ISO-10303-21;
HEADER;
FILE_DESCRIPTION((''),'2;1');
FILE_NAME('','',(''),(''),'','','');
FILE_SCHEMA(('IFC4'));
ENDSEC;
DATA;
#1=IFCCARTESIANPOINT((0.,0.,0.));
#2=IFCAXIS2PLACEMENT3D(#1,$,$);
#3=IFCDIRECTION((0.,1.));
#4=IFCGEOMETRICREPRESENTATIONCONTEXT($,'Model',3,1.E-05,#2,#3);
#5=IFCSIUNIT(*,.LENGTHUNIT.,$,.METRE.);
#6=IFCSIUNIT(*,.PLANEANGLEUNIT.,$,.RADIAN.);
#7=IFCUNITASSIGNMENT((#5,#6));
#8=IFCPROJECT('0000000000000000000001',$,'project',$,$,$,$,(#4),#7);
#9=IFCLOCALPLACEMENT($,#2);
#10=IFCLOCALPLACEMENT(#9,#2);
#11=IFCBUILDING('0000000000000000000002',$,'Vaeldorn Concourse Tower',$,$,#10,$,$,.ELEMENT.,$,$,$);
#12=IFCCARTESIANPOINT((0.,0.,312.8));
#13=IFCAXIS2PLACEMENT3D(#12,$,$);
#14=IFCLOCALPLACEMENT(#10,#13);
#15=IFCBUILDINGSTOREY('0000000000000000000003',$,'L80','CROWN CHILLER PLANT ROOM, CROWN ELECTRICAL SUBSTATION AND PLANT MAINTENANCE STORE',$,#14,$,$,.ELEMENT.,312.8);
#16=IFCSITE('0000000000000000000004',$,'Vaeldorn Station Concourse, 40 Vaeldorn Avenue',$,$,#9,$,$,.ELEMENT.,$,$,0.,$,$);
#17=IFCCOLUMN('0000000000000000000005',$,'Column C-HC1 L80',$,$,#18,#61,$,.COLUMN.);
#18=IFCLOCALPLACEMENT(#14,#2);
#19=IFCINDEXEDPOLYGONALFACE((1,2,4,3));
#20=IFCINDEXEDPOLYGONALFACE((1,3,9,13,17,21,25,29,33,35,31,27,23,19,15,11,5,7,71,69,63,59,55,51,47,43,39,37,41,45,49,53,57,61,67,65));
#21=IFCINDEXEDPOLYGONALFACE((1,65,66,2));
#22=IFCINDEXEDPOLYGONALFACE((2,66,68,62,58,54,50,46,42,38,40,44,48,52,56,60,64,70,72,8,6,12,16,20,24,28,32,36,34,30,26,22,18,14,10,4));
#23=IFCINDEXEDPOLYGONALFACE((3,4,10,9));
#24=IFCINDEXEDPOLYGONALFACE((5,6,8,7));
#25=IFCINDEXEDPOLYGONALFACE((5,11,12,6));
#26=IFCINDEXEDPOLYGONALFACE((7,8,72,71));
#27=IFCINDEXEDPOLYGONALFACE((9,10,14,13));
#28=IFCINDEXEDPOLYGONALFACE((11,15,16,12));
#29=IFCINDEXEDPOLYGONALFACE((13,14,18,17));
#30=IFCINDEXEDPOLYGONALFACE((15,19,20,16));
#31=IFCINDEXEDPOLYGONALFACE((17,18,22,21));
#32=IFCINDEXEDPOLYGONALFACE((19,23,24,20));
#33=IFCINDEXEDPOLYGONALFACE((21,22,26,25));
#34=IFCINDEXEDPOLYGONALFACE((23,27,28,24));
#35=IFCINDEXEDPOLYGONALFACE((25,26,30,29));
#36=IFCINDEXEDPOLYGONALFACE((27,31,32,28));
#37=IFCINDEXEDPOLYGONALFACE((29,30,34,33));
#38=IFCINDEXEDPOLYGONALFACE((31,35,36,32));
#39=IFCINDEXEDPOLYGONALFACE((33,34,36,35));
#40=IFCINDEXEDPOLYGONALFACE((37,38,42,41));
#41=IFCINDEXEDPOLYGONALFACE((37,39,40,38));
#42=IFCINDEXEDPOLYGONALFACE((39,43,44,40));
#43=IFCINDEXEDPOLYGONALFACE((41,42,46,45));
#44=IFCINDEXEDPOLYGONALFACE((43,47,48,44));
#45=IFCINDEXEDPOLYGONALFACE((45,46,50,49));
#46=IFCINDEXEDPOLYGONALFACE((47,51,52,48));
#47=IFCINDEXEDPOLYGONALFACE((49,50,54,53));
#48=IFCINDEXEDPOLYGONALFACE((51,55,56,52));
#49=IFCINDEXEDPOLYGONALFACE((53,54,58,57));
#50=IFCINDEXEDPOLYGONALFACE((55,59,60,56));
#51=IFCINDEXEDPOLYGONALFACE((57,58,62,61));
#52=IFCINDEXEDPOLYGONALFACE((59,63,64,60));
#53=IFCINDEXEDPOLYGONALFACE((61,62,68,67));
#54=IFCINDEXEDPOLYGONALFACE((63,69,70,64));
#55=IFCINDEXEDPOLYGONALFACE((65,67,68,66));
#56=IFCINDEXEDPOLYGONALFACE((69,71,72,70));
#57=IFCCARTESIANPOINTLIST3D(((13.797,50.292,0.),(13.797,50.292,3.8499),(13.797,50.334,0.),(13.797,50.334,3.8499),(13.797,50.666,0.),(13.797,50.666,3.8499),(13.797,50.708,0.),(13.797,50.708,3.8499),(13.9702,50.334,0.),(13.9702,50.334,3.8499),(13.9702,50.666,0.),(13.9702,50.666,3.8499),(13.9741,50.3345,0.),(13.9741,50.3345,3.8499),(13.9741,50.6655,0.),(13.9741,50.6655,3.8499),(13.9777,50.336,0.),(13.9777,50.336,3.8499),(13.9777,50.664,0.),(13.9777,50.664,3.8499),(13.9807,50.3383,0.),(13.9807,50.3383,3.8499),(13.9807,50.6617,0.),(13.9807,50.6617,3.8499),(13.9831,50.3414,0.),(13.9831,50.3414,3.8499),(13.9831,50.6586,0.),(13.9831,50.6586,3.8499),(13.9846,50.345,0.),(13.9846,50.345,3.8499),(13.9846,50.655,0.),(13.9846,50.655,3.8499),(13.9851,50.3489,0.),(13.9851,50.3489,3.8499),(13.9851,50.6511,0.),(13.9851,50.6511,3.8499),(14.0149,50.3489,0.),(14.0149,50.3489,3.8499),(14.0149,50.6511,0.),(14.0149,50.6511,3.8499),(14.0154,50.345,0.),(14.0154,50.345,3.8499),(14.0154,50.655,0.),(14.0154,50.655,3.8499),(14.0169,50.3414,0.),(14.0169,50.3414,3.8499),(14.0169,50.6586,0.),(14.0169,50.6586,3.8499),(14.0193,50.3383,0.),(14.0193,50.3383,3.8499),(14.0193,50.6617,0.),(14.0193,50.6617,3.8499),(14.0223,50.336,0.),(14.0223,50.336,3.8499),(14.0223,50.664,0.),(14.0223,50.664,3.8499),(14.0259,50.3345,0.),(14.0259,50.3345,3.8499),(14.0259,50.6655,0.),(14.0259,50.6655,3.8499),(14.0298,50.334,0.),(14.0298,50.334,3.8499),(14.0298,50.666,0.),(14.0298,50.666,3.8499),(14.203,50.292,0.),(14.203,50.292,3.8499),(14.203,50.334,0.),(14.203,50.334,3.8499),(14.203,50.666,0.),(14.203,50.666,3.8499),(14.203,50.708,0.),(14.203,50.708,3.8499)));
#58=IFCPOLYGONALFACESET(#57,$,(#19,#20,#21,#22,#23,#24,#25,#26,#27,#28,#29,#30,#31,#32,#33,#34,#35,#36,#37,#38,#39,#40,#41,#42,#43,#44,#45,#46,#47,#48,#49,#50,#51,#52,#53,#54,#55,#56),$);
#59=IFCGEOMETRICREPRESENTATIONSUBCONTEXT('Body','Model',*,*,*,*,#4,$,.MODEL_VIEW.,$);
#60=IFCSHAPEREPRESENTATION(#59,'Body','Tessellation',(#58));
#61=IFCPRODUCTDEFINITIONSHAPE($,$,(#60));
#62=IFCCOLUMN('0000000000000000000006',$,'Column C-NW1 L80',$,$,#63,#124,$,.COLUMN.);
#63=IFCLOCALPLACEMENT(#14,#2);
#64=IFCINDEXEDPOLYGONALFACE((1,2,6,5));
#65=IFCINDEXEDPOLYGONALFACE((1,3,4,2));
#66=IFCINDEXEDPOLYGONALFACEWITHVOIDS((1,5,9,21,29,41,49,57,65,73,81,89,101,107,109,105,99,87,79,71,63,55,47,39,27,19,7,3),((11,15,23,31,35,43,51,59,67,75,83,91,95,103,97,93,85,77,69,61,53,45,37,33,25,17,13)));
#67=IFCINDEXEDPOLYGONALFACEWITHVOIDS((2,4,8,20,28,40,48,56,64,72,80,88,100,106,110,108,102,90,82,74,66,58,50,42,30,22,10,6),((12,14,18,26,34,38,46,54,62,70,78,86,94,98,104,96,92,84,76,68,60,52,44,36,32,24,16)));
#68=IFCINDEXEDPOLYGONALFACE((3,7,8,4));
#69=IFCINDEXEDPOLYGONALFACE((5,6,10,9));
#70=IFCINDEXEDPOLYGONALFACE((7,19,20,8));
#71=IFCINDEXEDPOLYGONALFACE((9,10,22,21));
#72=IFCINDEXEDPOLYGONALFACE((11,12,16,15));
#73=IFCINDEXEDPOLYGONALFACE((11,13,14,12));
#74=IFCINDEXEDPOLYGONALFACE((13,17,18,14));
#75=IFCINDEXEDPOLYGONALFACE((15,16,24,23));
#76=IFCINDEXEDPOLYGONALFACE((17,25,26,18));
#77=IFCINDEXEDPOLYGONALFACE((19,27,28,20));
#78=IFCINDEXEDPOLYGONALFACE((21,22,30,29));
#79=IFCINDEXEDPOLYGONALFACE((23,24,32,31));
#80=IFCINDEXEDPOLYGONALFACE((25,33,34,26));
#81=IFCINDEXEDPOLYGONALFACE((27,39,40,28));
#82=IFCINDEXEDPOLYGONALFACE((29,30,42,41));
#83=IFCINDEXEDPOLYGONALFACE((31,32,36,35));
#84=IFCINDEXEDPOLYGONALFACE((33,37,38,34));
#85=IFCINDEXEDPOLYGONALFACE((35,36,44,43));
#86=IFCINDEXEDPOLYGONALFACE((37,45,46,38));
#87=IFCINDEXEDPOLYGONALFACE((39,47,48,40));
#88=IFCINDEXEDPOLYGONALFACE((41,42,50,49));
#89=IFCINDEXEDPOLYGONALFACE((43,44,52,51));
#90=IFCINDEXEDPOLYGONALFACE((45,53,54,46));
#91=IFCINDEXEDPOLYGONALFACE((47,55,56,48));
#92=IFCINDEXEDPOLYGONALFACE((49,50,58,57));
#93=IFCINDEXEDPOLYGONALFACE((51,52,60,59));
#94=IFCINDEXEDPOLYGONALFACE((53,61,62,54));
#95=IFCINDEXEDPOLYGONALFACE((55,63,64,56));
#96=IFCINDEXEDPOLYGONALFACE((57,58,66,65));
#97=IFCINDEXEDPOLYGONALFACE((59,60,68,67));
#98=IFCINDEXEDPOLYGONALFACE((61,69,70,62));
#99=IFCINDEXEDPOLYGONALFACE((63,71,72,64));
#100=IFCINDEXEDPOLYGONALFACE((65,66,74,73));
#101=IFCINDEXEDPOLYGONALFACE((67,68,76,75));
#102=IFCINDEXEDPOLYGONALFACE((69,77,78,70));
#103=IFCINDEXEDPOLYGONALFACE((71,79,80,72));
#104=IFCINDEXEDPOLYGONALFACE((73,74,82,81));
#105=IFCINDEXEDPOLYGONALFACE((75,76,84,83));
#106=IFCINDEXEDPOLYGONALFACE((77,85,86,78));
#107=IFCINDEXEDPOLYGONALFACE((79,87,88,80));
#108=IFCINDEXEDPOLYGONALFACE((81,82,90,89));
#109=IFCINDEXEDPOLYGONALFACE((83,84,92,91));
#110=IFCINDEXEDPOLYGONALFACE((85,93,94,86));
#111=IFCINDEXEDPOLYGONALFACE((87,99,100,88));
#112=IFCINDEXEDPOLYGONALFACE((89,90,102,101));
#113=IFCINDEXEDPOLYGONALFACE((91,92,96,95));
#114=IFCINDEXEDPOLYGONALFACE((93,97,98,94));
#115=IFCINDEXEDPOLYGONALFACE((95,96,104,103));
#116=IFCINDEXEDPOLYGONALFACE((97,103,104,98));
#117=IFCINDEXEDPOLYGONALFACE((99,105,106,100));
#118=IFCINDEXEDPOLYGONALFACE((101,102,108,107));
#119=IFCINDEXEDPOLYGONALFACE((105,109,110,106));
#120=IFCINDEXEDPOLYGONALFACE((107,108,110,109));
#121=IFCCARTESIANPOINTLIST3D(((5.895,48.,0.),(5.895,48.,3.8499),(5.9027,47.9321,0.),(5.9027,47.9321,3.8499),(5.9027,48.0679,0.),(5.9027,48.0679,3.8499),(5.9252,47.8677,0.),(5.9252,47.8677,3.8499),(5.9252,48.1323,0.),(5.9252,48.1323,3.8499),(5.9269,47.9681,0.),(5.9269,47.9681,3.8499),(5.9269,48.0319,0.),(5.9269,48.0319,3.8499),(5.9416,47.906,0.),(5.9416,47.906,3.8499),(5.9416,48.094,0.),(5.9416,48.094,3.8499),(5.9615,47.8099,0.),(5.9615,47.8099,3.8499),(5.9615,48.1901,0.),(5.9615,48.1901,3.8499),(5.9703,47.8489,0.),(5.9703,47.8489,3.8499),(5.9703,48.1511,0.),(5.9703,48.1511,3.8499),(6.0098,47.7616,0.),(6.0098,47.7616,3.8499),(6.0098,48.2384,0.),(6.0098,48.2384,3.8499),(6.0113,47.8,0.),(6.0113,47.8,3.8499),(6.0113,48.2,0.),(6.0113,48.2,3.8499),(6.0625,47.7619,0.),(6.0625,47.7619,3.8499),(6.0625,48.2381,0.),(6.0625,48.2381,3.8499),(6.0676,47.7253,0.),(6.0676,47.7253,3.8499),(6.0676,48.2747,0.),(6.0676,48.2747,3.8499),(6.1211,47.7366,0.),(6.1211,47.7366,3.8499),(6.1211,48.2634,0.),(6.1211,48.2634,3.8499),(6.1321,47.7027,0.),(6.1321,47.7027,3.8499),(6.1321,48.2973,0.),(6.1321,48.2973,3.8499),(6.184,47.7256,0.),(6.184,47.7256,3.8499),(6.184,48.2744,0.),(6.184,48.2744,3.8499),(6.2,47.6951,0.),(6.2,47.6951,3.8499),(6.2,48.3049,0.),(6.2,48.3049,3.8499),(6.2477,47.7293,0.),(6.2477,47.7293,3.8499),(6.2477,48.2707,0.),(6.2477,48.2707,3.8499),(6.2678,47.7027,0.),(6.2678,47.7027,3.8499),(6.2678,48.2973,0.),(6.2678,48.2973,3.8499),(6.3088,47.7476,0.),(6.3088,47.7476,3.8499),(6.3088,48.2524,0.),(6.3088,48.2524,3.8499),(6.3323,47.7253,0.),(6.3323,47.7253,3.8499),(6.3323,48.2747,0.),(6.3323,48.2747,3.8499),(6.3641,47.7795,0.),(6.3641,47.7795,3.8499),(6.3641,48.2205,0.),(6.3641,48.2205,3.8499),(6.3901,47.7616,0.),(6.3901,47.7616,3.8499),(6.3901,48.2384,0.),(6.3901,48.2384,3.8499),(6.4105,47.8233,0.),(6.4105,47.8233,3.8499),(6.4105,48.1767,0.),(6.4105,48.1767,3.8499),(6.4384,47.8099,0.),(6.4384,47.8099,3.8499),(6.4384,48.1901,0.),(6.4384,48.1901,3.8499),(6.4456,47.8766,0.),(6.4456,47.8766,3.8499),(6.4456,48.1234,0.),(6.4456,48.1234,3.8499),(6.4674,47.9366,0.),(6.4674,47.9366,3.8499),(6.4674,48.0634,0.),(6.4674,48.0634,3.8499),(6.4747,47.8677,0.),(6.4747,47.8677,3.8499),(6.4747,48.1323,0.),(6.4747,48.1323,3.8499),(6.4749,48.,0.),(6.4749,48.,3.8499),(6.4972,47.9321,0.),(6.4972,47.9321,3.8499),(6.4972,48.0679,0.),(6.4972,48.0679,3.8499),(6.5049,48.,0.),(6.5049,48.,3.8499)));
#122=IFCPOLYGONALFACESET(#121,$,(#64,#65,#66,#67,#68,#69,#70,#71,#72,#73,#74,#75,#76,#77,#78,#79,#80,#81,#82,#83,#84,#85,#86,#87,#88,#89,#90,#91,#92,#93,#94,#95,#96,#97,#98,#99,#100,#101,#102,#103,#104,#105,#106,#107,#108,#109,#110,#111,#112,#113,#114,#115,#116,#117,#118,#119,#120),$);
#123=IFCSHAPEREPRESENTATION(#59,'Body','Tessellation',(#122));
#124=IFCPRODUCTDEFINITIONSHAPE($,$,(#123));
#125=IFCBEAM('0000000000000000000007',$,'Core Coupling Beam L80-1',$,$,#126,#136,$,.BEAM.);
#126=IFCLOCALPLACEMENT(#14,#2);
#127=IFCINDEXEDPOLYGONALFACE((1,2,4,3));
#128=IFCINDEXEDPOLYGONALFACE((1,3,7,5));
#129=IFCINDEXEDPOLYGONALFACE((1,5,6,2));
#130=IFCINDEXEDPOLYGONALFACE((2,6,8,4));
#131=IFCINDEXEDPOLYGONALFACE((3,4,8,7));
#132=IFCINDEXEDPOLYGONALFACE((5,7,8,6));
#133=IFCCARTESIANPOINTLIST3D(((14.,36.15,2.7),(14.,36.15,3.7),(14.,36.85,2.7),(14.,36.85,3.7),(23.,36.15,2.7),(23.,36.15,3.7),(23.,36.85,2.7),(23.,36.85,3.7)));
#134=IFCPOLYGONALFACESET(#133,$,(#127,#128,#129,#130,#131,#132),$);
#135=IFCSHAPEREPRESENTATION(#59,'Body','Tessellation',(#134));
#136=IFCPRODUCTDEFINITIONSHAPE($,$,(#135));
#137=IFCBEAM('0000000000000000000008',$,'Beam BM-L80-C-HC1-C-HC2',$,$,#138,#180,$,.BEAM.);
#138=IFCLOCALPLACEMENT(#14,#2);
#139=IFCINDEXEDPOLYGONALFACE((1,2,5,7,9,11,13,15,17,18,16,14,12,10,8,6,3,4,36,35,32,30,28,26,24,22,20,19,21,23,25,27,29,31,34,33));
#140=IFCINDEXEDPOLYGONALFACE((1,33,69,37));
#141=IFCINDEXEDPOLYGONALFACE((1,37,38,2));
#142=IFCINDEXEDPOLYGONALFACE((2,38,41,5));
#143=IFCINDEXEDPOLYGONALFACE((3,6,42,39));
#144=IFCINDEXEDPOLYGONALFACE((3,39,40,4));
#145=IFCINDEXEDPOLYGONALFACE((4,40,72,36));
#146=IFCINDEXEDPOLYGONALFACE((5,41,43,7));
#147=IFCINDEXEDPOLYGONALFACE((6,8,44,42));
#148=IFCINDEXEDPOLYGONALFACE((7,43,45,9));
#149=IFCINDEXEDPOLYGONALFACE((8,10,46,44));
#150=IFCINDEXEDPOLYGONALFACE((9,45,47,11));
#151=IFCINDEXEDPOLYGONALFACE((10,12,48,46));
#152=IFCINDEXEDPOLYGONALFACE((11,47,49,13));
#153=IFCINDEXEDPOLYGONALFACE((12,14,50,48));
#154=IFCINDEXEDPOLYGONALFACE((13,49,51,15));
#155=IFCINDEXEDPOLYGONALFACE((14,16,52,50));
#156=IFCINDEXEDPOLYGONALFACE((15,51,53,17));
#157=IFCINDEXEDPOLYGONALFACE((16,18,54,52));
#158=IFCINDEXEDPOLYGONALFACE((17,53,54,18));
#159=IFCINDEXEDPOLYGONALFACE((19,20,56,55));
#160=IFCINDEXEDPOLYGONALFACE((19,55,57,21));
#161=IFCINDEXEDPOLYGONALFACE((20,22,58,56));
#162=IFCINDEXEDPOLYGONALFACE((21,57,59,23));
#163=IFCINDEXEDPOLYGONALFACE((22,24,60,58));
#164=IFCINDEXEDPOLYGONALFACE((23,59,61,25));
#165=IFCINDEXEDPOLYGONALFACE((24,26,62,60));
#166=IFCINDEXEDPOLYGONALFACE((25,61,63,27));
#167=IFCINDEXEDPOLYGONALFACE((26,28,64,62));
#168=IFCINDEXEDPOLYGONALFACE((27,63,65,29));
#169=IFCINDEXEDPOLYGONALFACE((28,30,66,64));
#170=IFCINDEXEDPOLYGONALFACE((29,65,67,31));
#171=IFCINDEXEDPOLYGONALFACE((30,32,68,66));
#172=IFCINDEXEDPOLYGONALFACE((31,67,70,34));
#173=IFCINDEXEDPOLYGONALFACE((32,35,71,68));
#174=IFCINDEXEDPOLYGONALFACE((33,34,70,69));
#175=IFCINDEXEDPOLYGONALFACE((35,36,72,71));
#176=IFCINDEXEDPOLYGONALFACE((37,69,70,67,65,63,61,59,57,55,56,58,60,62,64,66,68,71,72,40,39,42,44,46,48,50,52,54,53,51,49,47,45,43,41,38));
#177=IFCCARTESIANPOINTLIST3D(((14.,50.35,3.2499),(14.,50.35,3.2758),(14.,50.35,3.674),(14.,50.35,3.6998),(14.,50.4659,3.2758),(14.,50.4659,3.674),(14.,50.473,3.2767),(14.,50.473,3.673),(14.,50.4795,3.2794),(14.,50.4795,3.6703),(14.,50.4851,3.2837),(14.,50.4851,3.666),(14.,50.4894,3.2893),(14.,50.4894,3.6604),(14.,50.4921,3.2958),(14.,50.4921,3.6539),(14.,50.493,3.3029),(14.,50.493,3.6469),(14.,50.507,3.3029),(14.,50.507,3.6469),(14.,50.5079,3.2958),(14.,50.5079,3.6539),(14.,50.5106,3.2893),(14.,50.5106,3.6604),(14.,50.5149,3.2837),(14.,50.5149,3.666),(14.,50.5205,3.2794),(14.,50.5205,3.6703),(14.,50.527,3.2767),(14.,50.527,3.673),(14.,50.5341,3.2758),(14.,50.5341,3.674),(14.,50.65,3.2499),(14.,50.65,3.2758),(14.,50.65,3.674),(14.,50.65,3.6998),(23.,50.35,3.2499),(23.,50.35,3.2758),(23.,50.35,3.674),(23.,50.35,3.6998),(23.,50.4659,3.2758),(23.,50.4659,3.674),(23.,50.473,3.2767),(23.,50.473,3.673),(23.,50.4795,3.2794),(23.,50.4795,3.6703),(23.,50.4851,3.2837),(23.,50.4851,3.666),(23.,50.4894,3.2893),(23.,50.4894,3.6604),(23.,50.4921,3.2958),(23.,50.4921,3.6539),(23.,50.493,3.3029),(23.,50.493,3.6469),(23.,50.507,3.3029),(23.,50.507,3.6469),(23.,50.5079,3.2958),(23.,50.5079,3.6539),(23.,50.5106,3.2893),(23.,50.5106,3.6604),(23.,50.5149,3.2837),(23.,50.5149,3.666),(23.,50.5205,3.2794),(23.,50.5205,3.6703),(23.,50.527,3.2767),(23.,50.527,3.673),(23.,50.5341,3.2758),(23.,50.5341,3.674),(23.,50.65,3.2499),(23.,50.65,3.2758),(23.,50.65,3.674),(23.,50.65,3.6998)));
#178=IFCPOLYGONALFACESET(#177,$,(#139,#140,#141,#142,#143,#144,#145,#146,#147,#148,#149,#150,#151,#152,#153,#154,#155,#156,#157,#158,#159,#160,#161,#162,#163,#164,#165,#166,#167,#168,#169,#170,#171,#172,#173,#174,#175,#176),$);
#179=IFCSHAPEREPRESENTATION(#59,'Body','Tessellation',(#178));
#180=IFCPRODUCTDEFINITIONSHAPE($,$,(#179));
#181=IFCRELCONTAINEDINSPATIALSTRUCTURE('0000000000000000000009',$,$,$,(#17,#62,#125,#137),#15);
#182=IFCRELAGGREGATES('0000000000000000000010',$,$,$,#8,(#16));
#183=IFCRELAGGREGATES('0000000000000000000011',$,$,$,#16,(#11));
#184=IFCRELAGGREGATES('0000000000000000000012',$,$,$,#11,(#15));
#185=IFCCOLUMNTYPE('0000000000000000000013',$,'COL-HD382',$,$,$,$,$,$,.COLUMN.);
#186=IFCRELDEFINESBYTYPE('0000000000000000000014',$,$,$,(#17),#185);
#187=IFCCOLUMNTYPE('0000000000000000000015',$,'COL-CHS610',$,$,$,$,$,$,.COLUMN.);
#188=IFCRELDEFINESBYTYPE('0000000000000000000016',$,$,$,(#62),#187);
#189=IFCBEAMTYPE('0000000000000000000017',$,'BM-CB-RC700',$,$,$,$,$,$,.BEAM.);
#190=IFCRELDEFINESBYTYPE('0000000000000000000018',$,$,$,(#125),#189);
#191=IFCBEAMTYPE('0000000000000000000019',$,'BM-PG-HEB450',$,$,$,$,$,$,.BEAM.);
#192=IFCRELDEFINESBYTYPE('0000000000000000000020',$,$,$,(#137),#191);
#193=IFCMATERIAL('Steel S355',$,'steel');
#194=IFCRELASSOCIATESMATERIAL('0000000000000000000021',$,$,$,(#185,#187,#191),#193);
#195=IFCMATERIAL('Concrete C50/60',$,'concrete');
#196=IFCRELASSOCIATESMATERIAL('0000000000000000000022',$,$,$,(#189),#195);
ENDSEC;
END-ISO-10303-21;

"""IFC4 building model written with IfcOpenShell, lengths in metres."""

from ifc_helpers import new_model, si_unit, direction, frame, origin, origin_2d, place, context, subcontext, project, spatial, rectangle, hollow_circle, i_section, extrude, source, transform, mapped, material, material_profile, profile_set, type_object, element, save


model = new_model("IFC4")

# Units and contexts
model_context = context("Model", 3, precision=1e-05, world=origin(), true_north=direction((0.0, 1.0)))
body_context = subcontext(model_context, "Body", "Model", "MODEL_VIEW")
ifc_project = project(units=[si_unit("LENGTHUNIT", "METRE"), si_unit("PLANEANGLEUNIT", "RADIAN")], contexts=[model_context])

# Site, building, storey
site_placement = place(None, origin())
site = spatial("IfcSite", under=ifc_project, at=site_placement, Name="Vaeldorn Station Concourse, 40 Vaeldorn Avenue", CompositionType="ELEMENT", RefElevation=0.0)
building_placement = place(site_placement, origin())
building = spatial("IfcBuilding", under=site, at=building_placement, Name="Vaeldorn Concourse Tower", CompositionType="ELEMENT")
storey_placement = place(building_placement, frame((0.0, 0.0, 312.8)))
storey = spatial("IfcBuildingStorey", under=building, at=storey_placement, Name="L80", Description="CROWN CHILLER PLANT ROOM, CROWN ELECTRICAL SUBSTATION AND PLANT MAINTENANCE STORE", CompositionType="ELEMENT", Elevation=312.8)

# Columns
ifc_material_1 = material(Name="Steel S355", Category="steel")
ifc_material_profile_1 = material_profile(ifc_material_1, i_section(OverallWidth=0.406, OverallDepth=0.416, WebThickness=0.0298, FlangeThickness=0.042, FilletRadius=0.0149, at=origin_2d()), Name="HD 400x382")
ifc_profile_set_1 = profile_set([ifc_material_profile_1], Name="Steel S355")
column_type_1 = type_object("IfcColumnType", Name="COL-HD382", PredefinedType="COLUMN", material=ifc_profile_set_1)
shared_shape_1 = source(origin(), body_context, "Body", "SweptSolid", [
    extrude(i_section(OverallWidth=0.406, OverallDepth=0.416, WebThickness=0.0298, FlangeThickness=0.042, FilletRadius=0.0149, at=origin_2d()), origin(), (0.0, 0.0, 1.0), 3.8499),
])
column_1_placement = place(storey_placement, frame((14.0, 50.5, 0.0), z_axis=(0.0, 0.0, 1.0), x_axis=(1.0, 0.0, 0.0)))
element("IfcColumn", 1, at=column_1_placement, inside=storey, type_object=column_type_1, Name="Column C-HC1 L80", PredefinedType="COLUMN", context=body_context, shape_type="MappedRepresentation", body=[
    mapped(shared_shape_1, transform((0.0, 0.0, 0.0), scale=1.0)),
])
ifc_material_profile_2 = material_profile(ifc_material_1, hollow_circle(Radius=0.3049, WallThickness=0.03, at=origin_2d()), Name="CHS 610x30")
ifc_profile_set_2 = profile_set([ifc_material_profile_2], Name="Steel S355")
column_type_2 = type_object("IfcColumnType", Name="COL-CHS610", PredefinedType="COLUMN", material=ifc_profile_set_2)
shared_shape_2 = source(origin(), body_context, "Body", "SweptSolid", [
    extrude(hollow_circle(Radius=0.3049, WallThickness=0.03, at=origin_2d()), origin(), (0.0, 0.0, 1.0), 3.8499),
])
column_2_placement = place(storey_placement, frame((6.2, 48.0, 0.0), z_axis=(0.0, 0.0, 1.0), x_axis=(1.0, 0.0, 0.0)))
element("IfcColumn", 2, at=column_2_placement, inside=storey, type_object=column_type_2, Name="Column C-NW1 L80", PredefinedType="COLUMN", context=body_context, shape_type="MappedRepresentation", body=[
    mapped(shared_shape_2, transform((0.0, 0.0, 0.0), scale=1.0)),
])

# Beams
ifc_material_2 = material(Name="Concrete C50/60", Category="concrete")
ifc_material_profile_3 = material_profile(ifc_material_2, rectangle(XDim=0.7, YDim=1.0, at=origin_2d()), Name="RC 700x1000")
ifc_profile_set_3 = profile_set([ifc_material_profile_3], Name="Concrete C50/60")
beam_type_1 = type_object("IfcBeamType", Name="BM-CB-RC700", PredefinedType="BEAM", material=ifc_profile_set_3)
shared_shape_3 = source(origin(), body_context, "Body", "SweptSolid", [
    extrude(rectangle(XDim=0.7, YDim=1.0, at=origin_2d()), origin(), (0.0, 0.0, 1.0), 9.0),
])
beam_1_placement = place(storey_placement, frame((14.0, 36.5, 3.2), z_axis=(1.0, 0.0, 0.0), x_axis=(0.0, 1.0, 0.0)))
element("IfcBeam", 3, at=beam_1_placement, inside=storey, type_object=beam_type_1, Name="Core Coupling Beam L80-1", PredefinedType="BEAM", context=body_context, shape_type="MappedRepresentation", body=[
    mapped(shared_shape_3, transform((0.0, 0.0, 0.0), scale=1.0)),
])
ifc_material_profile_4 = material_profile(ifc_material_1, i_section(OverallWidth=0.3, OverallDepth=0.45, WebThickness=0.0139, FlangeThickness=0.0259, FilletRadius=0.0271, at=origin_2d()), Name="HEB 450")
ifc_profile_set_4 = profile_set([ifc_material_profile_4], Name="Steel S355")
beam_type_2 = type_object("IfcBeamType", Name="BM-PG-HEB450", PredefinedType="BEAM", material=ifc_profile_set_4)
shared_shape_4 = source(origin(), body_context, "Body", "SweptSolid", [
    extrude(i_section(OverallWidth=0.3, OverallDepth=0.45, WebThickness=0.0139, FlangeThickness=0.0259, FilletRadius=0.0271, at=origin_2d()), origin(), (0.0, 0.0, 1.0), 9.0),
])
beam_2_placement = place(storey_placement, frame((14.0, 50.5, 3.4749), z_axis=(1.0, 0.0, 0.0), x_axis=(0.0, 1.0, 0.0)))
element("IfcBeam", 4, at=beam_2_placement, inside=storey, type_object=beam_type_2, Name="Beam BM-L80-C-HC1-C-HC2", PredefinedType="BEAM", context=body_context, shape_type="MappedRepresentation", body=[
    mapped(shared_shape_4, transform((0.0, 0.0, 0.0), scale=1.0)),
])

save(model, "model.ifc")
